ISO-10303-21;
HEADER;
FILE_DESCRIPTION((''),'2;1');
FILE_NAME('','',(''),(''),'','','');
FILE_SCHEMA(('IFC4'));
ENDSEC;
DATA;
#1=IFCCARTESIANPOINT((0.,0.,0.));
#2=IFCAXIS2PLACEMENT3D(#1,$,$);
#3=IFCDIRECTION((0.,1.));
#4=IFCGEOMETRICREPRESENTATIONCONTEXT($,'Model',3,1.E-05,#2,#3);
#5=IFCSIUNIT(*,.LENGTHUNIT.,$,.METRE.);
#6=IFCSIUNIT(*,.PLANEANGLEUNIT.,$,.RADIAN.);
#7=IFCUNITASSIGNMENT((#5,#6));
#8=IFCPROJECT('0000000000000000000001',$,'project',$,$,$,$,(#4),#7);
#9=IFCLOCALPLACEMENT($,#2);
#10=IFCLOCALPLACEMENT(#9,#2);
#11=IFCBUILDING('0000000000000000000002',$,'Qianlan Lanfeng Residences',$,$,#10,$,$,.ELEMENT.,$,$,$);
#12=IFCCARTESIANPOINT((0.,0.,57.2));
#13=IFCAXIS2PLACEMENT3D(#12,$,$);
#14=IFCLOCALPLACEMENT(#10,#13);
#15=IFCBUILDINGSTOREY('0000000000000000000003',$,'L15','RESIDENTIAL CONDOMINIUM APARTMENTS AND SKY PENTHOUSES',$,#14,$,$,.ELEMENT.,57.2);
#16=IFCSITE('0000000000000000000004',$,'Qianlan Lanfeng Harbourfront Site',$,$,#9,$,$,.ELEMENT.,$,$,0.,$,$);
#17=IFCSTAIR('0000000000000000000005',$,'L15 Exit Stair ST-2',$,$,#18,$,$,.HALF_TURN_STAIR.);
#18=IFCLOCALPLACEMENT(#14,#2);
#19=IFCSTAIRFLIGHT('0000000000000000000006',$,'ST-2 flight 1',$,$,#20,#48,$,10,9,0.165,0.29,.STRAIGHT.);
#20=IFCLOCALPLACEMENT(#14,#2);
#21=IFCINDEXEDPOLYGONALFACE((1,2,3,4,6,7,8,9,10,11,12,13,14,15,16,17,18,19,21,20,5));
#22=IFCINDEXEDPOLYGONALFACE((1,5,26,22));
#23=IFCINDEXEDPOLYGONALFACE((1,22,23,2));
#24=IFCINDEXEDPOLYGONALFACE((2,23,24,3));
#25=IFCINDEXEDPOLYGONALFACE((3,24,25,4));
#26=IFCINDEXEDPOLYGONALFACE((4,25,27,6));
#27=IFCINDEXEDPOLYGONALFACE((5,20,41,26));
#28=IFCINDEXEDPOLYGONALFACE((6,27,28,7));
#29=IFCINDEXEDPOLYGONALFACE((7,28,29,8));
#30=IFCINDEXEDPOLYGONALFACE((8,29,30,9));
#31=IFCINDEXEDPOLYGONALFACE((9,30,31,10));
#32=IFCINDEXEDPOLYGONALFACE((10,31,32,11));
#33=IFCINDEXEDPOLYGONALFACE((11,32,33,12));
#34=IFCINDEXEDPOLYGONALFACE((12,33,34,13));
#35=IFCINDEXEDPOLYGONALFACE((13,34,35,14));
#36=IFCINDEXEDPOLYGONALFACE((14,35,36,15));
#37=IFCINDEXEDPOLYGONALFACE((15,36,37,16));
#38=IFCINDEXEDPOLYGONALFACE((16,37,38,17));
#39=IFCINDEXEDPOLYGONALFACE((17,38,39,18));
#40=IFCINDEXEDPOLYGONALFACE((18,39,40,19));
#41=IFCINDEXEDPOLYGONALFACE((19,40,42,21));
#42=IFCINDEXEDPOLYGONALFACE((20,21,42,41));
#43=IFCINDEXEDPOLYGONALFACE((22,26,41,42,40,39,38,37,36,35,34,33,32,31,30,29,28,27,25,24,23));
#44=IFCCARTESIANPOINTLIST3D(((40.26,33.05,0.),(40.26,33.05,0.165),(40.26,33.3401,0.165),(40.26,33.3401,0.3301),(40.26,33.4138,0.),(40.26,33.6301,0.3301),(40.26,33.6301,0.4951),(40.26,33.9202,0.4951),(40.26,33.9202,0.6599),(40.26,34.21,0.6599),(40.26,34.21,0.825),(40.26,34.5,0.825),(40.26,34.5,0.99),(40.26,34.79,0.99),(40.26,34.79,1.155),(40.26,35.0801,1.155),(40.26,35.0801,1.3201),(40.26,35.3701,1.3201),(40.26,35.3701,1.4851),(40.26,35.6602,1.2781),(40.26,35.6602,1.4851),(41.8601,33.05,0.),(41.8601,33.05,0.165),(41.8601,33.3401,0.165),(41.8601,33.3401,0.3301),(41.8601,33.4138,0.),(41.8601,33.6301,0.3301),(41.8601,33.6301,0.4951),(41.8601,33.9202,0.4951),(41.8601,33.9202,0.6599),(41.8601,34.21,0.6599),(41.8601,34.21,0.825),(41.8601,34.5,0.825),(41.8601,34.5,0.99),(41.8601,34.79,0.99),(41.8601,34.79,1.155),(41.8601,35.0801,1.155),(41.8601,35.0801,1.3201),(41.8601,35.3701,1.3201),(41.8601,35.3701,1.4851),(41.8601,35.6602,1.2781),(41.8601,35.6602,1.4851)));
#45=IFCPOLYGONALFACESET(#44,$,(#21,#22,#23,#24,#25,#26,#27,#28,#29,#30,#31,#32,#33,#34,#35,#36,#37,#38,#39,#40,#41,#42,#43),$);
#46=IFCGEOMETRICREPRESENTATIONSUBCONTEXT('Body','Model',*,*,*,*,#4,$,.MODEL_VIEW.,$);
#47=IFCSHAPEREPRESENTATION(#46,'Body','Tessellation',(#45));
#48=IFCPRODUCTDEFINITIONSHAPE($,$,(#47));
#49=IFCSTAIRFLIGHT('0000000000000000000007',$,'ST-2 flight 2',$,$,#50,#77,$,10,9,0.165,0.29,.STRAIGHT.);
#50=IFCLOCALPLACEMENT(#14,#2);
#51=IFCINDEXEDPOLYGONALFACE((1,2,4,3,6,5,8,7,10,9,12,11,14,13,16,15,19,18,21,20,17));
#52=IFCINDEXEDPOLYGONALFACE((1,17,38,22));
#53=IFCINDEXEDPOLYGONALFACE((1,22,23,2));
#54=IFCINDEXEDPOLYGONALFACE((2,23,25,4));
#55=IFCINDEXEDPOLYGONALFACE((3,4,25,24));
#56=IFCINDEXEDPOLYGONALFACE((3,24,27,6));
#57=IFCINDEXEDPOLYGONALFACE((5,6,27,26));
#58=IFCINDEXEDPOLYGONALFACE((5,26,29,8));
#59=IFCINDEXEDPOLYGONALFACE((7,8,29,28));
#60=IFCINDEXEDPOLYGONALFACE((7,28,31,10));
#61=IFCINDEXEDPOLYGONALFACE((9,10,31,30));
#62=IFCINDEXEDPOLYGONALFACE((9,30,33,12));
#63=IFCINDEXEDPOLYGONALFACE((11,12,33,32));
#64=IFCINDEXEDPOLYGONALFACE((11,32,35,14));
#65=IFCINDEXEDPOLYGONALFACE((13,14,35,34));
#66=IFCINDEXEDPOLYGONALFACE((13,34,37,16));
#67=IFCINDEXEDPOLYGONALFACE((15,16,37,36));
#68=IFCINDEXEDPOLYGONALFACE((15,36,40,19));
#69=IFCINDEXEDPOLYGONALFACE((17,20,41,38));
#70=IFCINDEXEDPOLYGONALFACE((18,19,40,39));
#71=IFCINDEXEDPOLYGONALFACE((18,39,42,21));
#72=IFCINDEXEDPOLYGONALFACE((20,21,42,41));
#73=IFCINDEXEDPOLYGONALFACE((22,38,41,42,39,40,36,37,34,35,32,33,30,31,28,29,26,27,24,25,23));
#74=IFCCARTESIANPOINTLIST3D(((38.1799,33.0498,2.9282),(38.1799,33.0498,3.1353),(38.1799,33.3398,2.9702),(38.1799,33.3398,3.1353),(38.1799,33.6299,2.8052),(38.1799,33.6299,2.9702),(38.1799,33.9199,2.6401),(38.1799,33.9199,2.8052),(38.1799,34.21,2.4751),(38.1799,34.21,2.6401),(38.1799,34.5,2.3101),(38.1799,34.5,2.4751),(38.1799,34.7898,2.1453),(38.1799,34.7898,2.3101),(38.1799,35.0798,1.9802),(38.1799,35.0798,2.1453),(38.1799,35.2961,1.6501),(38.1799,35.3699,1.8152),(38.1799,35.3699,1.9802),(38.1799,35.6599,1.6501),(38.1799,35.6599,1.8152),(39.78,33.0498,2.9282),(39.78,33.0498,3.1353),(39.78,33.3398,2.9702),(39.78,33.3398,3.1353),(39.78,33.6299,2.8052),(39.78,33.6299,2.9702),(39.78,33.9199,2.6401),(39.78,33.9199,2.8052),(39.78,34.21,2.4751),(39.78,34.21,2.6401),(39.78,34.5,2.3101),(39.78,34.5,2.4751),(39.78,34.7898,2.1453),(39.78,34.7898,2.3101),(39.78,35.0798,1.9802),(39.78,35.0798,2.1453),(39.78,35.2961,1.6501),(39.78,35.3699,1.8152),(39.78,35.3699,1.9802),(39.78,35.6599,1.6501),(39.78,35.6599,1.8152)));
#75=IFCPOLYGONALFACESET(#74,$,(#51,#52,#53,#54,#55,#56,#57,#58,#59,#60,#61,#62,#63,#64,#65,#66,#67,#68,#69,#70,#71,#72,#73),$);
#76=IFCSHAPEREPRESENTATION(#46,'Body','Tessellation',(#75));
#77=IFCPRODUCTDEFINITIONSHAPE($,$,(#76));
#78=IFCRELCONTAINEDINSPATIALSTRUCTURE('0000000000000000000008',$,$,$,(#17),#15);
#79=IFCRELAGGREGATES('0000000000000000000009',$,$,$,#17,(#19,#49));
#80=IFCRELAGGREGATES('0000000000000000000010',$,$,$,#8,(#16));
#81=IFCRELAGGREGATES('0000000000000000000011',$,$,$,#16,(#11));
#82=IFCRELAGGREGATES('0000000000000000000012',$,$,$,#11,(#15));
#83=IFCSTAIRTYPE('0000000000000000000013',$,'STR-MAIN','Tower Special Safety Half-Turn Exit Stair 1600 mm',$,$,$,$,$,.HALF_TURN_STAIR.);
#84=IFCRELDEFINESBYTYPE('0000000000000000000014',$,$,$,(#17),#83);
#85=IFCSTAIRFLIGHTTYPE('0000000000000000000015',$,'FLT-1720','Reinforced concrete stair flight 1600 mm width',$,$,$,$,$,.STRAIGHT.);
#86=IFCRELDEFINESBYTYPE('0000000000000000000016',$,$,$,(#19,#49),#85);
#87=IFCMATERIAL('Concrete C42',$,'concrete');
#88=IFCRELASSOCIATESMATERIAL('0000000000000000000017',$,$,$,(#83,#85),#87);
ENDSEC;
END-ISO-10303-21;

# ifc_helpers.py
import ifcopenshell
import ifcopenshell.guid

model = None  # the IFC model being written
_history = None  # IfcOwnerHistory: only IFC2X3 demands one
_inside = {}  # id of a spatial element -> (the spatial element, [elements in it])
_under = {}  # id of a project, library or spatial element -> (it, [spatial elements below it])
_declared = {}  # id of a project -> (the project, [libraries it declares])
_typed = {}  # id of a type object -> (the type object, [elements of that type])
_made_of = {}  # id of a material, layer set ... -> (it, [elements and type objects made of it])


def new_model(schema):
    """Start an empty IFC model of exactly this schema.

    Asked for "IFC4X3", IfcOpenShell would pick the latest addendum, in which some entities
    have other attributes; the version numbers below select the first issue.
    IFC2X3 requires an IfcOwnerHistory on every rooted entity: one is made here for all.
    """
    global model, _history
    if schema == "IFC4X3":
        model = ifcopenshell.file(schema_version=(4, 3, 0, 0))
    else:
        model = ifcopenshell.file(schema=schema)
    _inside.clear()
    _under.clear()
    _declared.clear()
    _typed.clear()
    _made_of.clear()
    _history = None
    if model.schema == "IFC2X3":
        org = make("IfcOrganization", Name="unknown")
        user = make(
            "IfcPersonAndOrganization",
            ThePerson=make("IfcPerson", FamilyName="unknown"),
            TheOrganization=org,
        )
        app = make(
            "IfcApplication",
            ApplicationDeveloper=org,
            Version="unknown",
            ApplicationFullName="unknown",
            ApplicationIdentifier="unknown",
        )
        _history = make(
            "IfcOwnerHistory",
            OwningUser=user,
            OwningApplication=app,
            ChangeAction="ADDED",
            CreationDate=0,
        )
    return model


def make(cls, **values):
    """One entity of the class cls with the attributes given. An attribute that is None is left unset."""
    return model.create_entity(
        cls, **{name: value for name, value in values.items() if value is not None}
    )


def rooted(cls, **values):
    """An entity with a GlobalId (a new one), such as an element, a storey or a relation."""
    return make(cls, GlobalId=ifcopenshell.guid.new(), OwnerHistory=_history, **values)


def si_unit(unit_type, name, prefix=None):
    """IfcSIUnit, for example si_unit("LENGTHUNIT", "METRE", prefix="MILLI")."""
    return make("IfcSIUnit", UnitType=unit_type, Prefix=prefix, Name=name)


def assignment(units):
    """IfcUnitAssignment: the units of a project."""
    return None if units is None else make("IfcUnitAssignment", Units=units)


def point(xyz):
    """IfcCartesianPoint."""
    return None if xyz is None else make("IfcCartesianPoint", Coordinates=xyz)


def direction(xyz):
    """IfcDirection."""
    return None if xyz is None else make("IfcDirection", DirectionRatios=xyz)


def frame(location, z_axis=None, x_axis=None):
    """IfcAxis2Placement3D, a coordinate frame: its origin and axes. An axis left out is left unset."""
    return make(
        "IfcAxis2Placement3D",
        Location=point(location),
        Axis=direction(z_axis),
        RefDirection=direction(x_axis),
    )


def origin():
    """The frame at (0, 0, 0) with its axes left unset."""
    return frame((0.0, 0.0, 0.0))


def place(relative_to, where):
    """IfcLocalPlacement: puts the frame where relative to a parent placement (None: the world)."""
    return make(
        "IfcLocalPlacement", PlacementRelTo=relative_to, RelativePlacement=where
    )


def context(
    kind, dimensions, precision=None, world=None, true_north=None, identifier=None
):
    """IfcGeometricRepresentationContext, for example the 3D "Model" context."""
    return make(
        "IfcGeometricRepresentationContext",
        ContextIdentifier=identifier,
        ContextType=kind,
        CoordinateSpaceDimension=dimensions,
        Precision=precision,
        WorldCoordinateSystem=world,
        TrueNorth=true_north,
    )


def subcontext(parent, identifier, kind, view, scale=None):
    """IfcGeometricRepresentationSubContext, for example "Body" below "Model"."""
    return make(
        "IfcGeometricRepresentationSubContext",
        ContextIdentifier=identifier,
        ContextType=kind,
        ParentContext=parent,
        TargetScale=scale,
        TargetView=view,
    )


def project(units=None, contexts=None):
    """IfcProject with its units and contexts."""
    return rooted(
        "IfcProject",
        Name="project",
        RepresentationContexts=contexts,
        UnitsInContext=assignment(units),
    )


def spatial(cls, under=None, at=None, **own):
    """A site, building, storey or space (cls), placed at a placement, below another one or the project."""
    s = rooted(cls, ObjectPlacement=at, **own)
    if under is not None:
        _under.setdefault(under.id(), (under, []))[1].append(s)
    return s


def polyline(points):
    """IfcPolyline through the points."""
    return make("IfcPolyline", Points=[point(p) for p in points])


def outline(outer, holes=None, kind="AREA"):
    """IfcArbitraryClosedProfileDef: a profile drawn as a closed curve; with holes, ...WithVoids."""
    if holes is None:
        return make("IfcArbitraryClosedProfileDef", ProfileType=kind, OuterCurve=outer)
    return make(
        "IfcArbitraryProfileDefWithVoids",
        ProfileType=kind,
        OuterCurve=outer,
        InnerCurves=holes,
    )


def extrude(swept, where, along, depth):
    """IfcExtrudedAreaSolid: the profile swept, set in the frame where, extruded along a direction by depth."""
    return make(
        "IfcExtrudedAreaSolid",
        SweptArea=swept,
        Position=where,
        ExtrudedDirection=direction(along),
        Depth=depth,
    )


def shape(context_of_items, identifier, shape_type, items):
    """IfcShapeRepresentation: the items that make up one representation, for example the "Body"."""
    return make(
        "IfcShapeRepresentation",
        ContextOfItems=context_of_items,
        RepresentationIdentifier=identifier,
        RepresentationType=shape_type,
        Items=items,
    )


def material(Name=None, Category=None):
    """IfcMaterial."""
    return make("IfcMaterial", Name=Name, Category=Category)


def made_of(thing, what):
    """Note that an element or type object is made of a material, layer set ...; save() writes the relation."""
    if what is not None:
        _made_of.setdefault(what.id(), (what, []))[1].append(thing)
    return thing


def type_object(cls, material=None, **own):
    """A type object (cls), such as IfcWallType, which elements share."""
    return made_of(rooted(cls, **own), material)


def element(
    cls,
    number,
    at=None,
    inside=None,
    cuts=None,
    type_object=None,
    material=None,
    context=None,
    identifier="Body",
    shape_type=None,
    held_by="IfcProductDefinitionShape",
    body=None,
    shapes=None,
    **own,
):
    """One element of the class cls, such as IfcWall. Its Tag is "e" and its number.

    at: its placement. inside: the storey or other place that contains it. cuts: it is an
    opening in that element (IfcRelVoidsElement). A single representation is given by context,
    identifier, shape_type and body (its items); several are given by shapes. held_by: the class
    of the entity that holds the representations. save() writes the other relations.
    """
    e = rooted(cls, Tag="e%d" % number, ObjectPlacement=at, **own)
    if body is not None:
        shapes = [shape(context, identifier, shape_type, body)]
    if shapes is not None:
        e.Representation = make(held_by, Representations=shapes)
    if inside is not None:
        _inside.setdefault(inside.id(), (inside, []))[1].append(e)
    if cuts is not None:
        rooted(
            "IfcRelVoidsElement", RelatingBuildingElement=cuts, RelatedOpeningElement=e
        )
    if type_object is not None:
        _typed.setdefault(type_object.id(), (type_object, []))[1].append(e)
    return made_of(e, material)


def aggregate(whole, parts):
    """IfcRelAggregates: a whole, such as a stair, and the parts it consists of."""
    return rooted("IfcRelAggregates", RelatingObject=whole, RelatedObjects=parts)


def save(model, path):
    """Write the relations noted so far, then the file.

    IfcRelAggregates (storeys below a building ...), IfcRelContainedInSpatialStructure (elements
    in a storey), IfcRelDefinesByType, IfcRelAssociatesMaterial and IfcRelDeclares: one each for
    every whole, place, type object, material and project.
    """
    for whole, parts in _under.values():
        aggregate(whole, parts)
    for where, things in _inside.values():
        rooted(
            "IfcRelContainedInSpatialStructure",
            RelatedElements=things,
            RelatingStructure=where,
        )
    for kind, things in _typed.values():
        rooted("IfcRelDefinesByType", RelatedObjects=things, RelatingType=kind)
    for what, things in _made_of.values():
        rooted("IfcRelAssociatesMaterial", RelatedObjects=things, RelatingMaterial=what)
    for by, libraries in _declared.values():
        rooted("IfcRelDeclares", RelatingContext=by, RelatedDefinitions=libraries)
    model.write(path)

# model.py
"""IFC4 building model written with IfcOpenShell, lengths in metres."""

from ifc_helpers import new_model, si_unit, direction, frame, origin, place, context, subcontext, project, spatial, polyline, outline, extrude, material, type_object, element, aggregate, save


model = new_model("IFC4")

# Units and contexts
model_context = context("Model", 3, precision=1e-05, world=origin(), true_north=direction((0.0, 1.0)))
body_context = subcontext(model_context, "Body", "Model", "MODEL_VIEW")
ifc_project = project(units=[si_unit("LENGTHUNIT", "METRE"), si_unit("PLANEANGLEUNIT", "RADIAN")], contexts=[model_context])

# Site, building, storey
site_placement = place(None, origin())
site = spatial("IfcSite", under=ifc_project, at=site_placement, Name="Qianlan Lanfeng Harbourfront Site", CompositionType="ELEMENT", RefElevation=0.0)
building_placement = place(site_placement, origin())
building = spatial("IfcBuilding", under=site, at=building_placement, Name="Qianlan Lanfeng Residences", CompositionType="ELEMENT")
storey_placement = place(building_placement, frame((0.0, 0.0, 57.2)))
storey = spatial("IfcBuildingStorey", under=building, at=storey_placement, Name="L15", Description="RESIDENTIAL CONDOMINIUM APARTMENTS AND SKY PENTHOUSES", CompositionType="ELEMENT", Elevation=57.2)

# Shared definitions
ifc_material_1 = material(Name="Concrete C42", Category="concrete")

# Stair, stair flights
stair_type = type_object("IfcStairType", Name="STR-MAIN", Description="Tower Special Safety Half-Turn Exit Stair 1600 mm", PredefinedType="HALF_TURN_STAIR", material=ifc_material_1)
stair_placement = place(storey_placement, origin())
stair = element("IfcStair", 1, at=stair_placement, inside=storey, type_object=stair_type, Name="L15 Exit Stair ST-2", PredefinedType="HALF_TURN_STAIR")
stair_flight_type = type_object("IfcStairFlightType", Name="FLT-1720", Description="Reinforced concrete stair flight 1600 mm width", PredefinedType="STRAIGHT", material=ifc_material_1)
stair_flight_1_placement = place(storey_placement, frame((41.0601, 33.05, 0.0), z_axis=(0.0, 0.0, 1.0), x_axis=(0.0, 1.0, 0.0)))
stair_flight_1 = element("IfcStairFlight", 2, at=stair_flight_1_placement, type_object=stair_flight_type, Name="ST-2 flight 1", NumberOfRisers=10, NumberOfTreads=9, PredefinedType="STRAIGHT", RiserHeight=0.165, TreadLength=0.29, context=body_context, shape_type="SweptSolid", body=[
    extrude(outline(polyline([(0.0, 0.0), (0.0, 0.165), (0.29, 0.165), (0.29, 0.3301), (0.5801, 0.3301), (0.5801, 0.4951), (0.8701, 0.4951), (0.8701, 0.6599), (1.1599, 0.6599), (1.1599, 0.825), (1.45, 0.825), (1.45, 0.99), (1.74, 0.99), (1.74, 1.155), (2.03, 1.155), (2.03, 1.3201), (2.3201, 1.3201), (2.3201, 1.4851), (2.6101, 1.4851), (2.6101, 1.6499), (2.6101, 1.2781), (0.3638, 0.0), (0.0, 0.0)])), frame((0.0, 0.8, 0.0), z_axis=(0.0, -1.0, 0.0), x_axis=(1.0, 0.0, 0.0)), (0.0, 0.0, 1.0), 1.6001),
])
stair_flight_2_placement = place(storey_placement, frame((38.98, 35.6599, 1.6501), z_axis=(0.0, 0.0, 1.0), x_axis=(0.0, -1.0, 0.0)))
stair_flight_2 = element("IfcStairFlight", 3, at=stair_flight_2_placement, type_object=stair_flight_type, Name="ST-2 flight 2", NumberOfRisers=10, NumberOfTreads=9, PredefinedType="STRAIGHT", RiserHeight=0.165, TreadLength=0.29, context=body_context, shape_type="SweptSolid", body=[
    extrude(outline(polyline([(0.0, 0.0), (0.0, 0.165), (0.29, 0.165), (0.29, 0.3301), (0.5801, 0.3301), (0.5801, 0.4951), (0.8701, 0.4951), (0.8701, 0.6599), (1.1599, 0.6599), (1.1599, 0.825), (1.45, 0.825), (1.45, 0.99), (1.74, 0.99), (1.74, 1.155), (2.03, 1.155), (2.03, 1.3201), (2.3201, 1.3201), (2.3201, 1.4851), (2.6101, 1.4851), (2.6101, 1.6499), (2.6101, 1.2781), (0.3638, 0.0), (0.0, 0.0)])), frame((0.0, 0.8, 0.0), z_axis=(0.0, -1.0, 0.0), x_axis=(1.0, 0.0, 0.0)), (0.0, 0.0, 1.0), 1.6001),
])
aggregate(stair, [stair_flight_1, stair_flight_2])

save(model, "model.ifc")
